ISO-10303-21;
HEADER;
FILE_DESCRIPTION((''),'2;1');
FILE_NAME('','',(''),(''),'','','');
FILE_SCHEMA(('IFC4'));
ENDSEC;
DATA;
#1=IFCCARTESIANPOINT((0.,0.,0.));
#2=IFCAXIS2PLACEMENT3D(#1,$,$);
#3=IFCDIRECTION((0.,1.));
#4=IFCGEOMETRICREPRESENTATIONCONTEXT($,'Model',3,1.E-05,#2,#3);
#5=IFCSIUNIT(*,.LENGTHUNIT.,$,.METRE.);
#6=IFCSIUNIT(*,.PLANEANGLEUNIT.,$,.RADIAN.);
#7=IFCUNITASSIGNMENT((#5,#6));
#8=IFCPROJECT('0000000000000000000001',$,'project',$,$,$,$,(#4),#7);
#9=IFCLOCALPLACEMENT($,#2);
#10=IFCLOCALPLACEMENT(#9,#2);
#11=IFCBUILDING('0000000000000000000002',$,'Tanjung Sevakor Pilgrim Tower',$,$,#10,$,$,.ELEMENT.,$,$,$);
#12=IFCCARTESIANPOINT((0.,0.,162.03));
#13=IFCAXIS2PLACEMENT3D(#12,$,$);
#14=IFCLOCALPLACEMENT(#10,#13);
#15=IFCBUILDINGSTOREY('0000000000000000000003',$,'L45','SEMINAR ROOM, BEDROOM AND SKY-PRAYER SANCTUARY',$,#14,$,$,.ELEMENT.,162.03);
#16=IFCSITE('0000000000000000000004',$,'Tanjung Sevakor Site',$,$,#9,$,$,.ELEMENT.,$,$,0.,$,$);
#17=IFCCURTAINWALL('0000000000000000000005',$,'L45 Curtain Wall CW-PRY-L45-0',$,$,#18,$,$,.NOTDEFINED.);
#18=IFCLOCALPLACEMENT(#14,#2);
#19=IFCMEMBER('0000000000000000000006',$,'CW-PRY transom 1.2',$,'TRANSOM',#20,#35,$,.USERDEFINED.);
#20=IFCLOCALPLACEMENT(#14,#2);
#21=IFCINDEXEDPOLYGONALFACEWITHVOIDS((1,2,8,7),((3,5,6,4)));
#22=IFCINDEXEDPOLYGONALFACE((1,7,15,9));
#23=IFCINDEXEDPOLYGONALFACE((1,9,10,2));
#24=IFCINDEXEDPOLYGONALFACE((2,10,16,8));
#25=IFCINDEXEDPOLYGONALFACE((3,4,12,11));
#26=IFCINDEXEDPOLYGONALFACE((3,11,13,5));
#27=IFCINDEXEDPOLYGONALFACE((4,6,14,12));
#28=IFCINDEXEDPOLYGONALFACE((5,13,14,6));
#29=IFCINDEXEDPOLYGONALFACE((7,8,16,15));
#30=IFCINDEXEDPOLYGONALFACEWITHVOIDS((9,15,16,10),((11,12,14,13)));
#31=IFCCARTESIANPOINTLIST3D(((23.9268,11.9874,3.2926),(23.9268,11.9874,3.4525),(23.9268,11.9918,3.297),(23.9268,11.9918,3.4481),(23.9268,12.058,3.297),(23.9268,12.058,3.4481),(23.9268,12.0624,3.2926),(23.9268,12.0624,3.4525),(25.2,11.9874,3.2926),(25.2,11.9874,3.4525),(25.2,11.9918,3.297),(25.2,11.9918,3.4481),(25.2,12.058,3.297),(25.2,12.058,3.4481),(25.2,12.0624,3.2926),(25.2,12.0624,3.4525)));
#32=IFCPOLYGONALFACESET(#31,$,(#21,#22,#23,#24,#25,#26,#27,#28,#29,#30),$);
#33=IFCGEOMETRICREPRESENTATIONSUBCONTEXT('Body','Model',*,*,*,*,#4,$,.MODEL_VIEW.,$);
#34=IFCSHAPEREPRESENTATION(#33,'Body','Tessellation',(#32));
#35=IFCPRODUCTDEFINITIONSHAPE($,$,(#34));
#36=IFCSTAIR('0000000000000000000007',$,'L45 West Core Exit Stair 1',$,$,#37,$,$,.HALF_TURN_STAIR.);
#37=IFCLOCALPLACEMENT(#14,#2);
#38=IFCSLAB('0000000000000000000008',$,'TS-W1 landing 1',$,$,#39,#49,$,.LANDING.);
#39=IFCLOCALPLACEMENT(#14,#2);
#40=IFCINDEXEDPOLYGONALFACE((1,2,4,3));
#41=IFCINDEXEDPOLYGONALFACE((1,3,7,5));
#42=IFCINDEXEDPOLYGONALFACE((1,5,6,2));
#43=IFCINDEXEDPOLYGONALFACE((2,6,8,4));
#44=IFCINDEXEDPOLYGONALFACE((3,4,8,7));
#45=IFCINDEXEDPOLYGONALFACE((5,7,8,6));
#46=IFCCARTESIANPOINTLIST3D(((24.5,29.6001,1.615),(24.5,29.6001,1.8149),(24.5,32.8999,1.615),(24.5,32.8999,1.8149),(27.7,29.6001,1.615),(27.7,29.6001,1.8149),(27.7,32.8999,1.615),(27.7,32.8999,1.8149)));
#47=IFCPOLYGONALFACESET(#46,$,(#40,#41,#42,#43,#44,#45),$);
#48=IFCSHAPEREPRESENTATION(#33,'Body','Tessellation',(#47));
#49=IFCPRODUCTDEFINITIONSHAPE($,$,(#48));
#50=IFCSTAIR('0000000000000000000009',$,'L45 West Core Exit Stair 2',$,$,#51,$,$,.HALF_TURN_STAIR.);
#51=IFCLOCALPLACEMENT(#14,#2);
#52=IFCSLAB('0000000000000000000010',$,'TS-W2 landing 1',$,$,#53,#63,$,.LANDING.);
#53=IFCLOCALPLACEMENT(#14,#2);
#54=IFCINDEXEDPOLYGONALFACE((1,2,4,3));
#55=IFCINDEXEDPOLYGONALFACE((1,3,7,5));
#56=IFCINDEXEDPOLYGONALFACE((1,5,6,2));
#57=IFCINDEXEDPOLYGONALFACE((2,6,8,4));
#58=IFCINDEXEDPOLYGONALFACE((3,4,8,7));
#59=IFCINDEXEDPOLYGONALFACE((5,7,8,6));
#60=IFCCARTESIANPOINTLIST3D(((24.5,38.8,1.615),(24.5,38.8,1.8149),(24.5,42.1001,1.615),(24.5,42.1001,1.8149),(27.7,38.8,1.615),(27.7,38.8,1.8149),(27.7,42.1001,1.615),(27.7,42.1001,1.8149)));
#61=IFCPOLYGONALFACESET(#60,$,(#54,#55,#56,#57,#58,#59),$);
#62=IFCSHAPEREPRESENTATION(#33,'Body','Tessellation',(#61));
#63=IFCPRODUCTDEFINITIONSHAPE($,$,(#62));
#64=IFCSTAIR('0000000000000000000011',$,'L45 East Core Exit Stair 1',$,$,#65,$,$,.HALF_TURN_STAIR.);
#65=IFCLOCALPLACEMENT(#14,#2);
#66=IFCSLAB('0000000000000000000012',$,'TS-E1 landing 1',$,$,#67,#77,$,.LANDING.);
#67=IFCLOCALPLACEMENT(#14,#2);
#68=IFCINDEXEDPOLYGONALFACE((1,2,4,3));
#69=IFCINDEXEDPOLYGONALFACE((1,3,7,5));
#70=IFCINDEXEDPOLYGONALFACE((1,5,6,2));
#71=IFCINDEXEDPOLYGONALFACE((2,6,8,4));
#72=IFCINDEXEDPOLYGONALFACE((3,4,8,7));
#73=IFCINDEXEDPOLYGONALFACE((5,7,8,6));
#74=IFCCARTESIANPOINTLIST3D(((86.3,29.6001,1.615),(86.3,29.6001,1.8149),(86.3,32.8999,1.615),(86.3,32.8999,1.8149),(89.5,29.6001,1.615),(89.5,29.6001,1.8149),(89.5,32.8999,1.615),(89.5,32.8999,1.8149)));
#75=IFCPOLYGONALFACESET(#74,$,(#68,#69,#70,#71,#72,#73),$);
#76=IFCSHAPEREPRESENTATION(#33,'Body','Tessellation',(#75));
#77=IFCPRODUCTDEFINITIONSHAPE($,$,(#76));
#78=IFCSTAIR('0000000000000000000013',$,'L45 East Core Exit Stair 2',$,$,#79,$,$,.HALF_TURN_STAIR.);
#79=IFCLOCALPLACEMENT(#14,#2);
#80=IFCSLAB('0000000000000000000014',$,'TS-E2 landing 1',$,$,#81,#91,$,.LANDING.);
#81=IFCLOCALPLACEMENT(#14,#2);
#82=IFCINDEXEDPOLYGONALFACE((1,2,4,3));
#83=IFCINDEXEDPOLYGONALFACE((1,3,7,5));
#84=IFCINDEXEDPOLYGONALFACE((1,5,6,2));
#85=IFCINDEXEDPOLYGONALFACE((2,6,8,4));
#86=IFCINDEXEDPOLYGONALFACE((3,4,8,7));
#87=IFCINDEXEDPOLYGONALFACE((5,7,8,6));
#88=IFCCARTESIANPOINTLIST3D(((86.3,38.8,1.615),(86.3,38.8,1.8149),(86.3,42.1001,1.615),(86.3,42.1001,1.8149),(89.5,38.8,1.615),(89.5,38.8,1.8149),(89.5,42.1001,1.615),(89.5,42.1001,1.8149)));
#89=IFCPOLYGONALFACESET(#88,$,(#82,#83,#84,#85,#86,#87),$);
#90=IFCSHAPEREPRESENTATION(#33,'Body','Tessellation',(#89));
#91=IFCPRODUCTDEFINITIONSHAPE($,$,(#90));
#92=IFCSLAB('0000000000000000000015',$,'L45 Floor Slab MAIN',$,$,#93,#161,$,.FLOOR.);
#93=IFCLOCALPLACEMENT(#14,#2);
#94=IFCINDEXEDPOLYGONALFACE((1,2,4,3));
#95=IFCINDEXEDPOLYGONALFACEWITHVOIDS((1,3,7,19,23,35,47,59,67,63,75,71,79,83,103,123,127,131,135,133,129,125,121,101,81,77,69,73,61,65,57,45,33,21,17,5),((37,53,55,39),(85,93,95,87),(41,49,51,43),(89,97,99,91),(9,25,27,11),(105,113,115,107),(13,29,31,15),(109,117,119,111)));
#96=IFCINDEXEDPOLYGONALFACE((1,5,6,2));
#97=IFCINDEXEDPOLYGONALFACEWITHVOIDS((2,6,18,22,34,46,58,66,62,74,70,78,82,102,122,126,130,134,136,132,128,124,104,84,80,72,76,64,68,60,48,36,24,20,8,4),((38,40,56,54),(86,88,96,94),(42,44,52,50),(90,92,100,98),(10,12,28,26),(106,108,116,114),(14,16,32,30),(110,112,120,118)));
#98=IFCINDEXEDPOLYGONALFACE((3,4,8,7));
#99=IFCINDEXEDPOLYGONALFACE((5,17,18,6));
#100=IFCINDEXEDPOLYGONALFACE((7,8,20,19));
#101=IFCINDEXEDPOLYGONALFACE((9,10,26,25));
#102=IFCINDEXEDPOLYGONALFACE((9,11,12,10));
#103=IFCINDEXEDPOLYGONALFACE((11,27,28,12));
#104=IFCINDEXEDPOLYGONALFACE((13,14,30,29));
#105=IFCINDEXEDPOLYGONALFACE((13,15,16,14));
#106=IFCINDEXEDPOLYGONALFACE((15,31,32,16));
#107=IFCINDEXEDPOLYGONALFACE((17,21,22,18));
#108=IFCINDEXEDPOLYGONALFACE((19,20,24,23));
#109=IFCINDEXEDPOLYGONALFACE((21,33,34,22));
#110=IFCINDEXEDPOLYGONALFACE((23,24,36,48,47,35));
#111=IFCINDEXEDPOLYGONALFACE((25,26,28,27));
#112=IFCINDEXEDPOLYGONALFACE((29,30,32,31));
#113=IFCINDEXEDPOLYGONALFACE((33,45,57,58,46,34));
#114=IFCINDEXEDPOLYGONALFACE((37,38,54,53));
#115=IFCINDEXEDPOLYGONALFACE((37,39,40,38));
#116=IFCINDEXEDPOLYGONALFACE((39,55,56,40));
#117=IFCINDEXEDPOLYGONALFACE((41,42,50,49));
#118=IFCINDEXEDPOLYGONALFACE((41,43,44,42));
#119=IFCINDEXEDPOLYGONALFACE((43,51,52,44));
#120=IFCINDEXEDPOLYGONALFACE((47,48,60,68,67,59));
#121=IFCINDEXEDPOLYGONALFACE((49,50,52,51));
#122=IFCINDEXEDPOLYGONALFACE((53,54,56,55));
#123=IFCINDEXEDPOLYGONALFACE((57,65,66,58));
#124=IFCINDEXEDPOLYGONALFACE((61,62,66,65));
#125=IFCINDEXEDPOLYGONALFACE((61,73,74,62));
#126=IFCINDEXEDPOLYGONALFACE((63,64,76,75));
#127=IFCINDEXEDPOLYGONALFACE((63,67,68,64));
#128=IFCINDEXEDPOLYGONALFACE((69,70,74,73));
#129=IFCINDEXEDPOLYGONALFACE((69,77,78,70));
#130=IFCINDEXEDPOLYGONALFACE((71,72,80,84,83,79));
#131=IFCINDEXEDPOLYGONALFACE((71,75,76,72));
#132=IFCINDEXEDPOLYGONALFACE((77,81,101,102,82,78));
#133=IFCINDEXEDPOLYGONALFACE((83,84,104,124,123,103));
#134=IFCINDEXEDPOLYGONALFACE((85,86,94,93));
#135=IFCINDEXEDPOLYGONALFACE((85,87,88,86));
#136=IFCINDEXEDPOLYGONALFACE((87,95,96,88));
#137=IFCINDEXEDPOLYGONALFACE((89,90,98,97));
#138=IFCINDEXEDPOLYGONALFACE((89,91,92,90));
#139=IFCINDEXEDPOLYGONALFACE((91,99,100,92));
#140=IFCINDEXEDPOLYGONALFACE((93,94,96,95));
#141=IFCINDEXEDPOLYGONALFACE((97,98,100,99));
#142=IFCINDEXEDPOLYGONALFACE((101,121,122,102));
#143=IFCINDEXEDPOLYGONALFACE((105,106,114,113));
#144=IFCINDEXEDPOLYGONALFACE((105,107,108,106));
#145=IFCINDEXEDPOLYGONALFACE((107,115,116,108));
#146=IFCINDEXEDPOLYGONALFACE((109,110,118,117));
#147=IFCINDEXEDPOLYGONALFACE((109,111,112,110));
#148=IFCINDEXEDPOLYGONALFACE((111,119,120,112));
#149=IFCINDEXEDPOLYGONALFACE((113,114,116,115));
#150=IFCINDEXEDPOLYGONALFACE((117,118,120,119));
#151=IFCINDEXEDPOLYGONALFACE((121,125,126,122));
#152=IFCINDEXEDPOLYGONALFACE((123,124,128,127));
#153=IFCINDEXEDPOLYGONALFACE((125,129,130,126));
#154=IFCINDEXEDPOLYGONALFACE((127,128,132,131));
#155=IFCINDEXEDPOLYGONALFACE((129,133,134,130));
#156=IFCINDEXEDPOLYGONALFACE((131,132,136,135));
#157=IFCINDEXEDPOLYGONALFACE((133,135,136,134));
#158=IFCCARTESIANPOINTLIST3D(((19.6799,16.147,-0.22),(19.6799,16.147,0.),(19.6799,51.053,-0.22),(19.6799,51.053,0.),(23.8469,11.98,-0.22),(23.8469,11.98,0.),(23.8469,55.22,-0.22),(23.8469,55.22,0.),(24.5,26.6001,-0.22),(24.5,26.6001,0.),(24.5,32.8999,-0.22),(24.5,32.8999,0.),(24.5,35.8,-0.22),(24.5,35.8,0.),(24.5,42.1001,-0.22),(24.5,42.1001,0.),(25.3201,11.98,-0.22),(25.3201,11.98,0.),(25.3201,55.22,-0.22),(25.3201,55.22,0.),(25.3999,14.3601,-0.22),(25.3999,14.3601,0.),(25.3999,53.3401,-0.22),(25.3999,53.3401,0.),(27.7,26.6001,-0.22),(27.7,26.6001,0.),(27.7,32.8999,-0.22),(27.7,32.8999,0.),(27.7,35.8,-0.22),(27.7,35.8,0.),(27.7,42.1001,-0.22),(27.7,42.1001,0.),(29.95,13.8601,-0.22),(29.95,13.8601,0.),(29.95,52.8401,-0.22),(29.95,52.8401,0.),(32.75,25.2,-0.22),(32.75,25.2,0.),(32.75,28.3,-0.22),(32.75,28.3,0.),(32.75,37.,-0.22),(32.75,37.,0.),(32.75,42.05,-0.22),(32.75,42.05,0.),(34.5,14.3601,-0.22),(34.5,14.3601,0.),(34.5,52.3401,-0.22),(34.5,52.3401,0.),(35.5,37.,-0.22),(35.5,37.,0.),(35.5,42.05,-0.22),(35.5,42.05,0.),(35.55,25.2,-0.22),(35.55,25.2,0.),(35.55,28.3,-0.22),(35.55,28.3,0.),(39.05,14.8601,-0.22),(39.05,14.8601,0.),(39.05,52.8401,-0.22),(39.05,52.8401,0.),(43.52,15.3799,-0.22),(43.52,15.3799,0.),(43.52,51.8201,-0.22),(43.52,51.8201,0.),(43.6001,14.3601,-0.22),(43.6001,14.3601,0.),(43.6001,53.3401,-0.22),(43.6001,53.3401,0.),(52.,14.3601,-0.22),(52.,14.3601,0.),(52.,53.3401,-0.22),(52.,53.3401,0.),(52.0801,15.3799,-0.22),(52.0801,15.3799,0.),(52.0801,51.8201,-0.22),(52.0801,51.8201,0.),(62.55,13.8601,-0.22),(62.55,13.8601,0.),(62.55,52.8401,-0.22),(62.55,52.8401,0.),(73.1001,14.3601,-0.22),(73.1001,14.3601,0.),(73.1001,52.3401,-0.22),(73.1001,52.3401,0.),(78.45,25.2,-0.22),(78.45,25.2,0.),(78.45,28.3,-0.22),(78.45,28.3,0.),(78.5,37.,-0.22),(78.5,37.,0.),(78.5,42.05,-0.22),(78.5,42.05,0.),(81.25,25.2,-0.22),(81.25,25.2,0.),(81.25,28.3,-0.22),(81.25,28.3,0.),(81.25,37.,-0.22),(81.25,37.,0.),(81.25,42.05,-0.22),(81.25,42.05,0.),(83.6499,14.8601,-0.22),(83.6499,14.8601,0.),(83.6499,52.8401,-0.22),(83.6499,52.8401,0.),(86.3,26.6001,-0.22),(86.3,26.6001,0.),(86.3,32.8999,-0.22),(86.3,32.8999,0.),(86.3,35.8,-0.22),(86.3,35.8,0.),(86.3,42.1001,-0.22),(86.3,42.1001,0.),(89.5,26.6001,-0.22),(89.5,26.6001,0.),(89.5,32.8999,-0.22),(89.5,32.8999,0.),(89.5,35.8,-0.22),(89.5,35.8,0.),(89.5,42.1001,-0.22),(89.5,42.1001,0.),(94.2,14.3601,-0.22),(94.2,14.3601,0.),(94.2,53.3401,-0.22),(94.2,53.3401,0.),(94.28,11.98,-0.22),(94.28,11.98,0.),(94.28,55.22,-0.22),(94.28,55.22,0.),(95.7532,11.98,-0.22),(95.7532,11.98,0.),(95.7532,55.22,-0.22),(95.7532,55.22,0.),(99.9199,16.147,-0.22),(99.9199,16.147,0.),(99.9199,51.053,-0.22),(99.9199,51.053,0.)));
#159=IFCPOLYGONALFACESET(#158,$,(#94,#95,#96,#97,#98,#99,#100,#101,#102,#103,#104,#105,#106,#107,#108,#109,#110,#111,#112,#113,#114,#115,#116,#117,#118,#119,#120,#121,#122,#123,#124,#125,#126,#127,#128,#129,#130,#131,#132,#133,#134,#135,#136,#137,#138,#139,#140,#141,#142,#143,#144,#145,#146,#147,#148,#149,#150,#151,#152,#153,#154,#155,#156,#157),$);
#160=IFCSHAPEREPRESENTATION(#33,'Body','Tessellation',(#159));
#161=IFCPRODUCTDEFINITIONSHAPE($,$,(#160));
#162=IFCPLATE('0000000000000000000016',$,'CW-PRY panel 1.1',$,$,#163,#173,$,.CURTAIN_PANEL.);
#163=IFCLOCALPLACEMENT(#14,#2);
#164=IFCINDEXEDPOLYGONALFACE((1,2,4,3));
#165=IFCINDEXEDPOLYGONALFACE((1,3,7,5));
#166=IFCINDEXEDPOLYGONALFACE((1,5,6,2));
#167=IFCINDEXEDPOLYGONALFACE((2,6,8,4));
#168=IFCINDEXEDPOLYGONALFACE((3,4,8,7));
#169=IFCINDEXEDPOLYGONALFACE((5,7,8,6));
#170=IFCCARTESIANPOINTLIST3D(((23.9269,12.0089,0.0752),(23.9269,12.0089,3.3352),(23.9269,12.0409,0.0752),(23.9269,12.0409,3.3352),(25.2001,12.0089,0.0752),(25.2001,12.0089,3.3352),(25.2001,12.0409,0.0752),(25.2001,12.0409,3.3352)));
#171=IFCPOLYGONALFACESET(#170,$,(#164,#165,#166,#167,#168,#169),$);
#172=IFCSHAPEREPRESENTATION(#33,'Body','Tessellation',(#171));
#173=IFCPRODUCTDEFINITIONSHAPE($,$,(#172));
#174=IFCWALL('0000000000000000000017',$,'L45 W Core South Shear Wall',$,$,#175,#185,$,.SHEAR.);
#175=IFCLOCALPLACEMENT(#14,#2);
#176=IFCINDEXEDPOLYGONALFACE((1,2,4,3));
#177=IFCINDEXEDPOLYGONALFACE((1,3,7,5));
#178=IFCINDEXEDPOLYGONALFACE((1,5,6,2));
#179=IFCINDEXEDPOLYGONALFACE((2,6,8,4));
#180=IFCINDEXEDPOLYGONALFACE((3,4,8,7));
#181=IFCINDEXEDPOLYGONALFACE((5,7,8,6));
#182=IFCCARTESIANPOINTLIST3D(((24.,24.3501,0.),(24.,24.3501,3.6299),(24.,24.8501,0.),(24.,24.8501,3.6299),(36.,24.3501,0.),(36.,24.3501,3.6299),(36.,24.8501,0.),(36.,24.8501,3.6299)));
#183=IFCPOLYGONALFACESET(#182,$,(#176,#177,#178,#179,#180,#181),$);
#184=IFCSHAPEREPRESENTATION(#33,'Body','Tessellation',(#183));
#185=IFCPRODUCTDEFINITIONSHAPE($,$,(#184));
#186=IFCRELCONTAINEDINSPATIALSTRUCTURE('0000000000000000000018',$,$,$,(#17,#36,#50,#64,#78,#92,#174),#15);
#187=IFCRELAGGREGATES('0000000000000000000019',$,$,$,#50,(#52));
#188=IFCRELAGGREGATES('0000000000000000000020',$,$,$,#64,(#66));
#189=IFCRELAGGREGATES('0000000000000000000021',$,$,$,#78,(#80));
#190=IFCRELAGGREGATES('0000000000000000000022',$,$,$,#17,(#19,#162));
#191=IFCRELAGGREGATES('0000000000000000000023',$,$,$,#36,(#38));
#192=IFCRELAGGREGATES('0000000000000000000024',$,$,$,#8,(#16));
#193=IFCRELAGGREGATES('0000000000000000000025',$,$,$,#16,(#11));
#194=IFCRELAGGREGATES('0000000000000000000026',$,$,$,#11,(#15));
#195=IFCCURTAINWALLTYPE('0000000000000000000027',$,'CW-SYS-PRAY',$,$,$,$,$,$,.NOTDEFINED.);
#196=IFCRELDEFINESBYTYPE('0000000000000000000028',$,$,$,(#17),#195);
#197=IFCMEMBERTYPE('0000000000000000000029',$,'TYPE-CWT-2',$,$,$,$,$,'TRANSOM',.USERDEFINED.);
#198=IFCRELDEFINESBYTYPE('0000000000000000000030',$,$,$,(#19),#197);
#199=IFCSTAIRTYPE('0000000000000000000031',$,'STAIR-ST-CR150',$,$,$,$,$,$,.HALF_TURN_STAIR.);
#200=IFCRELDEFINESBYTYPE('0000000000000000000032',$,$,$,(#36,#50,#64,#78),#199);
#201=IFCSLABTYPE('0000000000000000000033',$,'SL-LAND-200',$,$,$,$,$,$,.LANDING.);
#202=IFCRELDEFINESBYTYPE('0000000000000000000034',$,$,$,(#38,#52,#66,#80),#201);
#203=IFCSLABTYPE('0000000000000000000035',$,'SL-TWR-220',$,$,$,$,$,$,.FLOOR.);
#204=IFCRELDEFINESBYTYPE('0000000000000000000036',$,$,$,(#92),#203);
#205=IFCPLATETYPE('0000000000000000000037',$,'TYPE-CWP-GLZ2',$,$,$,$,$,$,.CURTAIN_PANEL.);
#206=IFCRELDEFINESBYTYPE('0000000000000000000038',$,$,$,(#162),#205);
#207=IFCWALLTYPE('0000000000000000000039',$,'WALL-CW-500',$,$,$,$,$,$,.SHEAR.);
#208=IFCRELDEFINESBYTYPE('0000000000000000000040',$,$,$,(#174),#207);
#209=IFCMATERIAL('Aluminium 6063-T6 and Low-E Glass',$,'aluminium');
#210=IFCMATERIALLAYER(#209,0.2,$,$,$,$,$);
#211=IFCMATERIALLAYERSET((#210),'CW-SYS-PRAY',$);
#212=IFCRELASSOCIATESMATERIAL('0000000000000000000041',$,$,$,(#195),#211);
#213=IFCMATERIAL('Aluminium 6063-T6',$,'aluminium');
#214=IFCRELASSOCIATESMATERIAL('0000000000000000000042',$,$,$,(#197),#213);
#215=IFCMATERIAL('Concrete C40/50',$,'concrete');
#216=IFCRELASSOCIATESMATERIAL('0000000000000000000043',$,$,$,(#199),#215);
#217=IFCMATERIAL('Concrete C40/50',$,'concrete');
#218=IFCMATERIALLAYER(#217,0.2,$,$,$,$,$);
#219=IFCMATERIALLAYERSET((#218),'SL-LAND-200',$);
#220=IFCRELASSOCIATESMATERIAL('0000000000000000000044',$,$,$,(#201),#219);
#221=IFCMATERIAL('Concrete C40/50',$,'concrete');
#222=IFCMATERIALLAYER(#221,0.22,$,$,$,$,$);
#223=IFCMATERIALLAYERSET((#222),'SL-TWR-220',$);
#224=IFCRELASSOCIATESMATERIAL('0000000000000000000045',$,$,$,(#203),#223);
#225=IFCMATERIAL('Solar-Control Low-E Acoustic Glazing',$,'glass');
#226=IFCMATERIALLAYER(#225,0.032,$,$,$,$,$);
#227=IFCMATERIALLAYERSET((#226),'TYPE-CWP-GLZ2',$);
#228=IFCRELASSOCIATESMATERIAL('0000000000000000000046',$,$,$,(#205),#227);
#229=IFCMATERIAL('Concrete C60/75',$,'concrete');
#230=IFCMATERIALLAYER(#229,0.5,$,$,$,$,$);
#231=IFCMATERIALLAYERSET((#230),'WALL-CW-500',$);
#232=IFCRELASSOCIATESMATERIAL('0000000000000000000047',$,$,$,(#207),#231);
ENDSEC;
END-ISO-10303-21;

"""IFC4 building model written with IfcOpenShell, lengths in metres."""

from ifc_helpers import new_model, si_unit, direction, frame, frame_2d, origin, origin_2d, place, context, subcontext, project, spatial, polyline, rectangle, hollow_rectangle, outline, extrude, material, layer, layer_set, material_profile, profile_set, type_object, element, aggregate, save


model = new_model("IFC4")

# Units and contexts
model_context = context("Model", 3, precision=1e-05, world=origin(), true_north=direction((0.0, 1.0)))
body_context = subcontext(model_context, "Body", "Model", "MODEL_VIEW")
ifc_project = project(units=[si_unit("LENGTHUNIT", "METRE"), si_unit("PLANEANGLEUNIT", "RADIAN")], contexts=[model_context])

# Site, building, storey
site_placement = place(None, origin())
site = spatial("IfcSite", under=ifc_project, at=site_placement, Name="Tanjung Sevakor Site", CompositionType="ELEMENT", RefElevation=0.0)
building_placement = place(site_placement, origin())
building = spatial("IfcBuilding", under=site, at=building_placement, Name="Tanjung Sevakor Pilgrim Tower", CompositionType="ELEMENT")
storey_placement = place(building_placement, frame((0.0, 0.0, 162.03)))
storey = spatial("IfcBuildingStorey", under=building, at=storey_placement, Name="L45", Description="SEMINAR ROOM, BEDROOM AND SKY-PRAYER SANCTUARY", CompositionType="ELEMENT", Elevation=162.03)

# Curtain wall
ifc_material_1 = material(Name="Aluminium 6063-T6 and Low-E Glass", Category="aluminium")
ifc_layer_1 = layer(ifc_material_1, 0.2)
ifc_layer_set_1 = layer_set([ifc_layer_1], Name="CW-SYS-PRAY")
curtain_wall_type = type_object("IfcCurtainWallType", Name="CW-SYS-PRAY", PredefinedType="NOTDEFINED", material=ifc_layer_set_1)
curtain_wall_1_placement = place(storey_placement, origin())
curtain_wall_1 = element("IfcCurtainWall", 1, at=curtain_wall_1_placement, inside=storey, type_object=curtain_wall_type, Name="L45 Curtain Wall CW-PRY-L45-0", PredefinedType="NOTDEFINED")

# Member
ifc_material_2 = material(Name="Aluminium 6063-T6", Category="aluminium")
ifc_material_profile_1 = material_profile(ifc_material_2, hollow_rectangle(XDim=0.075, YDim=0.1599, WallThickness=0.0044, at=origin_2d()))
ifc_profile_set_1 = profile_set([ifc_material_profile_1], Name="Aluminium 6063-T6")
member_type_1 = type_object("IfcMemberType", Name="TYPE-CWT-2", ElementType="TRANSOM", PredefinedType="USERDEFINED", material=ifc_profile_set_1)
member_1_placement = place(storey_placement, frame((23.9268, 12.0249, 3.3726), z_axis=(1.0, 0.0, 0.0), x_axis=(0.0, 1.0, 0.0)))
member_1 = element("IfcMember", 2, at=member_1_placement, type_object=member_type_1, Name="CW-PRY transom 1.2", ObjectType="TRANSOM", PredefinedType="USERDEFINED", context=body_context, shape_type="SweptSolid", body=[
    extrude(hollow_rectangle(XDim=0.075, YDim=0.1599, WallThickness=0.0044, at=origin_2d()), origin(), (0.0, 0.0, 1.0), 1.2732),
])

# Stairs, slabs
ifc_material_3 = material(Name="Concrete C40/50", Category="concrete")
stair_type = type_object("IfcStairType", Name="STAIR-ST-CR150", PredefinedType="HALF_TURN_STAIR", material=ifc_material_3)
stair_1_placement = place(storey_placement, origin())
stair_1 = element("IfcStair", 3, at=stair_1_placement, inside=storey, type_object=stair_type, Name="L45 West Core Exit Stair 1", PredefinedType="HALF_TURN_STAIR")
ifc_material_4 = material(Name="Concrete C40/50", Category="concrete")
ifc_layer_2 = layer(ifc_material_4, 0.2)
ifc_layer_set_2 = layer_set([ifc_layer_2], Name="SL-LAND-200")
slab_type_1 = type_object("IfcSlabType", Name="SL-LAND-200", PredefinedType="LANDING", material=ifc_layer_set_2)
slab_1_placement = place(storey_placement, frame((0.0, 0.0, 1.615)))
slab_1 = element("IfcSlab", 4, at=slab_1_placement, type_object=slab_type_1, Name="TS-W1 landing 1", PredefinedType="LANDING", context=body_context, shape_type="SweptSolid", body=[
    extrude(outline(polyline([(27.7, 29.6001), (27.7, 32.8999), (24.5, 32.8999), (24.5, 29.6001), (27.7, 29.6001)])), origin(), (0.0, 0.0, 1.0), 0.2),
])
stair_2_placement = place(storey_placement, origin())
stair_2 = element("IfcStair", 5, at=stair_2_placement, inside=storey, type_object=stair_type, Name="L45 West Core Exit Stair 2", PredefinedType="HALF_TURN_STAIR")
slab_2_placement = place(storey_placement, frame((0.0, 0.0, 1.615)))
slab_2 = element("IfcSlab", 6, at=slab_2_placement, type_object=slab_type_1, Name="TS-W2 landing 1", PredefinedType="LANDING", context=body_context, shape_type="SweptSolid", body=[
    extrude(outline(polyline([(27.7, 38.8), (27.7, 42.1001), (24.5, 42.1001), (24.5, 38.8), (27.7, 38.8)])), origin(), (0.0, 0.0, 1.0), 0.2),
])
aggregate(stair_2, [slab_2])
stair_3_placement = place(storey_placement, origin())
stair_3 = element("IfcStair", 7, at=stair_3_placement, inside=storey, type_object=stair_type, Name="L45 East Core Exit Stair 1", PredefinedType="HALF_TURN_STAIR")
slab_3_placement = place(storey_placement, frame((0.0, 0.0, 1.615)))
slab_3 = element("IfcSlab", 8, at=slab_3_placement, type_object=slab_type_1, Name="TS-E1 landing 1", PredefinedType="LANDING", context=body_context, shape_type="SweptSolid", body=[
    extrude(outline(polyline([(89.5, 29.6001), (89.5, 32.8999), (86.3, 32.8999), (86.3, 29.6001), (89.5, 29.6001)])), origin(), (0.0, 0.0, 1.0), 0.2),
])
aggregate(stair_3, [slab_3])
stair_4_placement = place(storey_placement, origin())
stair_4 = element("IfcStair", 9, at=stair_4_placement, inside=storey, type_object=stair_type, Name="L45 East Core Exit Stair 2", PredefinedType="HALF_TURN_STAIR")
slab_4_placement = place(storey_placement, frame((0.0, 0.0, 1.615)))
slab_4 = element("IfcSlab", 10, at=slab_4_placement, type_object=slab_type_1, Name="TS-E2 landing 1", PredefinedType="LANDING", context=body_context, shape_type="SweptSolid", body=[
    extrude(outline(polyline([(89.5, 38.8), (89.5, 42.1001), (86.3, 42.1001), (86.3, 38.8), (89.5, 38.8)])), origin(), (0.0, 0.0, 1.0), 0.2),
])
aggregate(stair_4, [slab_4])

# Slab
ifc_material_5 = material(Name="Concrete C40/50", Category="concrete")
ifc_layer_3 = layer(ifc_material_5, 0.22)
ifc_layer_set_3 = layer_set([ifc_layer_3], Name="SL-TWR-220")
slab_type_2 = type_object("IfcSlabType", Name="SL-TWR-220", PredefinedType="FLOOR", material=ifc_layer_set_3)
slab_5_placement = place(storey_placement, frame((0.0, 0.0, -0.22)))
element("IfcSlab", 11, at=slab_5_placement, inside=storey, type_object=slab_type_2, Name="L45 Floor Slab MAIN", PredefinedType="FLOOR", context=body_context, shape_type="SweptSolid", body=[
    extrude(outline(polyline([(23.8469, 11.98), (25.3201, 11.98), (25.3999, 14.3601), (29.95, 13.8601), (34.5, 14.3601), (39.05, 14.8601), (43.6001, 14.3601), (43.52, 15.3799), (52.0801, 15.3799), (52.0, 14.3601), (62.55, 13.8601), (73.1001, 14.3601), (83.6499, 14.8601), (94.2, 14.3601), (94.28, 11.98), (95.7532, 11.98), (99.9199, 16.147), (99.9199, 51.053), (95.7532, 55.22), (94.28, 55.22), (94.2, 53.3401), (83.6499, 52.8401), (73.1001, 52.3401), (62.55, 52.8401), (52.0, 53.3401), (52.0801, 51.8201), (43.52, 51.8201), (43.6001, 53.3401), (39.05, 52.8401), (34.5, 52.3401), (29.95, 52.8401), (25.3999, 53.3401), (25.3201, 55.22), (23.8469, 55.22), (19.6799, 51.053), (19.6799, 16.147), (23.8469, 11.98)]), holes=[polyline([(27.7, 26.6001), (27.7, 32.8999), (24.5, 32.8999), (24.5, 26.6001), (27.7, 26.6001)]), polyline([(27.7, 35.8), (27.7, 42.1001), (24.5, 42.1001), (24.5, 35.8), (27.7, 35.8)]), polyline([(89.5, 26.6001), (89.5, 32.8999), (86.3, 32.8999), (86.3, 26.6001), (89.5, 26.6001)]), polyline([(89.5, 35.8), (89.5, 42.1001), (86.3, 42.1001), (86.3, 35.8), (89.5, 35.8)]), polyline([(32.75, 25.2), (35.55, 25.2), (35.55, 28.3), (32.75, 28.3), (32.75, 25.2)]), polyline([(32.75, 37.0), (35.5, 37.0), (35.5, 42.05), (32.75, 42.05), (32.75, 37.0)]), polyline([(78.45, 25.2), (81.25, 25.2), (81.25, 28.3), (78.45, 28.3), (78.45, 25.2)]), polyline([(78.5, 37.0), (81.25, 37.0), (81.25, 42.05), (78.5, 42.05), (78.5, 37.0)])]), origin(), (0.0, 0.0, 1.0), 0.22),
])

# Plate
ifc_material_6 = material(Name="Solar-Control Low-E Acoustic Glazing", Category="glass")
ifc_layer_4 = layer(ifc_material_6, 0.032)
ifc_layer_set_4 = layer_set([ifc_layer_4], Name="TYPE-CWP-GLZ2")
plate_type = type_object("IfcPlateType", Name="TYPE-CWP-GLZ2", PredefinedType="CURTAIN_PANEL", material=ifc_layer_set_4)
plate_placement = place(storey_placement, frame((24.5635, 12.0249, 0.0752), z_axis=(0.0, 0.0, 1.0), x_axis=(1.0, 0.0, 0.0)))
plate = element("IfcPlate", 12, at=plate_placement, type_object=plate_type, Name="CW-PRY panel 1.1", PredefinedType="CURTAIN_PANEL", context=body_context, shape_type="SweptSolid", body=[
    extrude(rectangle(XDim=1.2732, YDim=0.032, at=origin_2d()), origin(), (0.0, 0.0, 1.0), 3.26),
])
aggregate(curtain_wall_1, [member_1, plate])

# Wall
ifc_material_7 = material(Name="Concrete C60/75", Category="concrete")
ifc_layer_5 = layer(ifc_material_7, 0.5)
ifc_layer_set_5 = layer_set([ifc_layer_5], Name="WALL-CW-500")
wall_type_1 = type_object("IfcWallType", Name="WALL-CW-500", PredefinedType="SHEAR", material=ifc_layer_set_5)
wall_1_placement = place(storey_placement, frame((24.0, 24.6001, 0.0), z_axis=(0.0, 0.0, 1.0), x_axis=(1.0, 0.0, 0.0)))
element("IfcWall", 13, at=wall_1_placement, inside=storey, type_object=wall_type_1, Name="L45 W Core South Shear Wall", PredefinedType="SHEAR", context=body_context, shape_type="SweptSolid", body=[
    extrude(rectangle(XDim=12.0, YDim=0.5, at=frame_2d((6.0, 0.0))), origin(), (0.0, 0.0, 1.0), 3.6299),
])

aggregate(stair_1, [slab_1])

save(model, "model.ifc")
